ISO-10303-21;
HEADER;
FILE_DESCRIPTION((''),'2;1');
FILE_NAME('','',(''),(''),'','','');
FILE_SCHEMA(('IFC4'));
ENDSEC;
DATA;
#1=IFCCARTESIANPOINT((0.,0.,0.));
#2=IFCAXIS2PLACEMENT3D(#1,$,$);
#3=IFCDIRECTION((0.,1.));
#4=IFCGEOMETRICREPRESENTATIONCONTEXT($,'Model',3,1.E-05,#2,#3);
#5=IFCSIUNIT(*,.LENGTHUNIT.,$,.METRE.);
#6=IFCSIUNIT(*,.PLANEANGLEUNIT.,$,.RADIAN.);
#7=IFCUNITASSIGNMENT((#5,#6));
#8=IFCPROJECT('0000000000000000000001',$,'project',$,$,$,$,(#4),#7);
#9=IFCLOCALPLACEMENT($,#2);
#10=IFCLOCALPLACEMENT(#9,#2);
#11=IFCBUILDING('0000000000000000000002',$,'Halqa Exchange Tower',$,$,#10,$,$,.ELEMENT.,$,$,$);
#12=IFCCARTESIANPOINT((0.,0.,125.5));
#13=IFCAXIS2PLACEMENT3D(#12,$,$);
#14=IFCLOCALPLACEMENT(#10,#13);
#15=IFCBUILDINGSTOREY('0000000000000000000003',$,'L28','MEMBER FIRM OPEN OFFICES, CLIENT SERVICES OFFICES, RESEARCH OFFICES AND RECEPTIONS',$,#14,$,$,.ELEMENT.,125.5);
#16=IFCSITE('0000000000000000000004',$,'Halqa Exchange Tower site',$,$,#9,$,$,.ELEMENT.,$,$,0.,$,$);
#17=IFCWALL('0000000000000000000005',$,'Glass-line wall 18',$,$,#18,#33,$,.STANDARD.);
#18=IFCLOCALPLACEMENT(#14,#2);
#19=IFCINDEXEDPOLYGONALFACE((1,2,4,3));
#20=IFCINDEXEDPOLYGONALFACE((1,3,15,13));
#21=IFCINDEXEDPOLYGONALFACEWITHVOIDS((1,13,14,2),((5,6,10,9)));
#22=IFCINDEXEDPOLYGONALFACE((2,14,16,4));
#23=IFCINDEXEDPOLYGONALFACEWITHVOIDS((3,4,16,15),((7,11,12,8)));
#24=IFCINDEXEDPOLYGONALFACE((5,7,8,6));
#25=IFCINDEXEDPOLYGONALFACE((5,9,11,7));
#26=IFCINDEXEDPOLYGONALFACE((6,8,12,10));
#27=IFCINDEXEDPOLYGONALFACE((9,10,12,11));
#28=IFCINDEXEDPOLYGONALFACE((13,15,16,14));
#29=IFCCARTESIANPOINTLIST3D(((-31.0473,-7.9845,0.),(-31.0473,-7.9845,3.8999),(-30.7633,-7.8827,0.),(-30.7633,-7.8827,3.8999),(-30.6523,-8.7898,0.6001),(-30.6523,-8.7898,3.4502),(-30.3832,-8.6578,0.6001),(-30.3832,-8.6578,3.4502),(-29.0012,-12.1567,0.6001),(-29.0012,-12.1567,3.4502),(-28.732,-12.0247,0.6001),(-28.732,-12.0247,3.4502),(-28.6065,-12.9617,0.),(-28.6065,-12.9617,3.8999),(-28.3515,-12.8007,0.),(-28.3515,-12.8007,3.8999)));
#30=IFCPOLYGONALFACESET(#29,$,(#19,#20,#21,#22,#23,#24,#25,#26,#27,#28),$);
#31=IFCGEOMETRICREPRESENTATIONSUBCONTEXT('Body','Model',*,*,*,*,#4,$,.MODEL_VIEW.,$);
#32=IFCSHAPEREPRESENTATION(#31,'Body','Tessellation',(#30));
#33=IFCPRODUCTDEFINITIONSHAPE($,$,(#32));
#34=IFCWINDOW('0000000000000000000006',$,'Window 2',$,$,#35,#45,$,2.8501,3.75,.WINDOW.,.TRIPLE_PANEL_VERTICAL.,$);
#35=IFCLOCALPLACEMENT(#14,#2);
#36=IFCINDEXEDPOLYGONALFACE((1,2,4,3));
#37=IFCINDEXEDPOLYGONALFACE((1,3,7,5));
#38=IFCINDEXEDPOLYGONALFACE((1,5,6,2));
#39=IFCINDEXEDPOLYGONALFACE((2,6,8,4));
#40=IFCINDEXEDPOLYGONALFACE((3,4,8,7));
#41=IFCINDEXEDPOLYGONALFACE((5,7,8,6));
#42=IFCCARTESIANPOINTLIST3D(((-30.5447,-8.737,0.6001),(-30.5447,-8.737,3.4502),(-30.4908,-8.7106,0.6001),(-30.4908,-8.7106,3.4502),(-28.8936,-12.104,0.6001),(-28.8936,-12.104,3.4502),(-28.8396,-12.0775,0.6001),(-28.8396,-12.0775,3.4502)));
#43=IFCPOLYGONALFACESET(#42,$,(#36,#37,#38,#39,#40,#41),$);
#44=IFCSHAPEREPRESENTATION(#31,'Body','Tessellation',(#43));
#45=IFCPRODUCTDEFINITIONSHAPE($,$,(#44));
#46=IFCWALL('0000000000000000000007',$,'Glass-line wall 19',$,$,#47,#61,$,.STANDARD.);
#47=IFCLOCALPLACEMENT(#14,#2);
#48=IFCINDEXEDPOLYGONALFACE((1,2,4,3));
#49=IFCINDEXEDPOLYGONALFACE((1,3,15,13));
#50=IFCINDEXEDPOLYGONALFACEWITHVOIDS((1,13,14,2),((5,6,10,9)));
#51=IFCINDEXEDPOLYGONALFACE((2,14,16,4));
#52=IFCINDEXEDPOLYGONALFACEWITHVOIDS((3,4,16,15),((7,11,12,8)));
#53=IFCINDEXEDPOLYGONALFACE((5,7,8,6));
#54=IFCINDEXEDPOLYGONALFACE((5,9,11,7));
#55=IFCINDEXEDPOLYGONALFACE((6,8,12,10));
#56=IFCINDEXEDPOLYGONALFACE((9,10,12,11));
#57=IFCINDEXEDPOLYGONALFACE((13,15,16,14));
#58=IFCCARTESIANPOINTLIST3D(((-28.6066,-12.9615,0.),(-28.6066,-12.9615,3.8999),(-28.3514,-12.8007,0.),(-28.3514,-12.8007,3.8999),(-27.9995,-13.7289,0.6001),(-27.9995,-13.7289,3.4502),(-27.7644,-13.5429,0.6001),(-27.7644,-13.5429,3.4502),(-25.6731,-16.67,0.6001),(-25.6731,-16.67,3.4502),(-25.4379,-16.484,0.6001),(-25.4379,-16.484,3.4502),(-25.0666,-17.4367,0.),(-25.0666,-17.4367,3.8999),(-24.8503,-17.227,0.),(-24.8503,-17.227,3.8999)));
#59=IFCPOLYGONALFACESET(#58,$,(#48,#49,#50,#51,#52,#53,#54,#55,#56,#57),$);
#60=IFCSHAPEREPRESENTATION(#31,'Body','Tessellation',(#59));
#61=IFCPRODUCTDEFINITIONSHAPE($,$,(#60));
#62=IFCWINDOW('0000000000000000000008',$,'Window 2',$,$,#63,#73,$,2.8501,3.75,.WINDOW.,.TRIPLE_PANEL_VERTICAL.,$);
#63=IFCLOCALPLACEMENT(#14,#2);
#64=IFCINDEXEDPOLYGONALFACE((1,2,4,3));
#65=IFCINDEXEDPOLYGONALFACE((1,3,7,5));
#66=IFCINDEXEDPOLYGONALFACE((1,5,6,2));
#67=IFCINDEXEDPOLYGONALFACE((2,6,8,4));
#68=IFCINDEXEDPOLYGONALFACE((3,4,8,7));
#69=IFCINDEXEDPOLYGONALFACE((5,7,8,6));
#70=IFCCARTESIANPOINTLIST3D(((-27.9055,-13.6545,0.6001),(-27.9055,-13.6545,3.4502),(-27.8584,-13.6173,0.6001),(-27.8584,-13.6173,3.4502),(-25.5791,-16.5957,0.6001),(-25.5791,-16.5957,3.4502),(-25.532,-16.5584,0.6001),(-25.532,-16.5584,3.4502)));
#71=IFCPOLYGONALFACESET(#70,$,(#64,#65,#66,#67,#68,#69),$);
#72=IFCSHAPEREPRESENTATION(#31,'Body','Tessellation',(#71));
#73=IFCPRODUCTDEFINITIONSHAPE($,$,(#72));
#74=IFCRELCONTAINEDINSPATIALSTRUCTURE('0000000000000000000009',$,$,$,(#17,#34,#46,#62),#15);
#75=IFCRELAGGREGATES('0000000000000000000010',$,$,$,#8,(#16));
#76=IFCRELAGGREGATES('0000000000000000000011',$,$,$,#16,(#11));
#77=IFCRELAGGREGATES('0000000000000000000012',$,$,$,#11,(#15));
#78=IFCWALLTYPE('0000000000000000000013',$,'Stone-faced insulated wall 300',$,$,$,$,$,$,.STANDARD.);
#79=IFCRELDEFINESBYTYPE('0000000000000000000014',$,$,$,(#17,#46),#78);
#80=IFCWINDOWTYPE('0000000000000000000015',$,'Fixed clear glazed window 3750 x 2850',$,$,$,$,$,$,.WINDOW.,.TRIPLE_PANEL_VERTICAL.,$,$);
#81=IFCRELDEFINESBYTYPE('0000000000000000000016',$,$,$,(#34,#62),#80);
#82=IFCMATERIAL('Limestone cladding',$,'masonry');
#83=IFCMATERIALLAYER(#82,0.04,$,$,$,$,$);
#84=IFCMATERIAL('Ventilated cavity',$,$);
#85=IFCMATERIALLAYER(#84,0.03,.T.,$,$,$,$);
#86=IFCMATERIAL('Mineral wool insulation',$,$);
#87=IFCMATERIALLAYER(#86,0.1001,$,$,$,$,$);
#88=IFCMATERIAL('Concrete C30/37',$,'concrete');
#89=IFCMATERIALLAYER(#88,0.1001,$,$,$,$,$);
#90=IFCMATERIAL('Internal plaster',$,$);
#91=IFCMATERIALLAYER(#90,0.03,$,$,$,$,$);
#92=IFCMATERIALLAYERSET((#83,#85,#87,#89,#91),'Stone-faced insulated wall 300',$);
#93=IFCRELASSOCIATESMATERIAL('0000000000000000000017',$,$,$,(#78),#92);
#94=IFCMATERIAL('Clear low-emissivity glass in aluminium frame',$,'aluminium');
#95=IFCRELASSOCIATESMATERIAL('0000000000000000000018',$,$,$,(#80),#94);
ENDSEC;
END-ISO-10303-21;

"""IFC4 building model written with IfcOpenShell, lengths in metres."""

from ifc_helpers import new_model, si_unit, direction, frame, frame_2d, origin, place, context, subcontext, project, spatial, polyline, rectangle, outline, extrude, material, layer, layer_set, type_object, element, fill, save


model = new_model("IFC4")

# Units and contexts
model_context = context("Model", 3, precision=1e-05, world=origin(), true_north=direction((0.0, 1.0)))
body_context = subcontext(model_context, "Body", "Model", "MODEL_VIEW")
ifc_project = project(units=[si_unit("LENGTHUNIT", "METRE"), si_unit("PLANEANGLEUNIT", "RADIAN")], contexts=[model_context])

# Site, building, storey
site_placement = place(None, origin())
site = spatial("IfcSite", under=ifc_project, at=site_placement, Name="Halqa Exchange Tower site", CompositionType="ELEMENT", RefElevation=0.0)
building_placement = place(site_placement, origin())
building = spatial("IfcBuilding", under=site, at=building_placement, Name="Halqa Exchange Tower", CompositionType="ELEMENT")
storey_placement = place(building_placement, frame((0.0, 0.0, 125.5)))
storey = spatial("IfcBuildingStorey", under=building, at=storey_placement, Name="L28", Description="MEMBER FIRM OPEN OFFICES, CLIENT SERVICES OFFICES, RESEARCH OFFICES AND RECEPTIONS", CompositionType="ELEMENT", Elevation=125.5)

# Walls, openings, windows
ifc_material_1 = material(Name="Limestone cladding", Category="masonry")
ifc_layer_1 = layer(ifc_material_1, 0.04)
ifc_material_2 = material(Name="Ventilated cavity")
ifc_layer_2 = layer(ifc_material_2, 0.03, ventilated=True)
ifc_material_3 = material(Name="Mineral wool insulation")
ifc_layer_3 = layer(ifc_material_3, 0.1001)
ifc_material_4 = material(Name="Concrete C30/37", Category="concrete")
ifc_layer_4 = layer(ifc_material_4, 0.1001)
ifc_material_5 = material(Name="Internal plaster")
ifc_layer_5 = layer(ifc_material_5, 0.03)
ifc_layer_set_1 = layer_set([ifc_layer_1, ifc_layer_2, ifc_layer_3, ifc_layer_4, ifc_layer_5], Name="Stone-faced insulated wall 300")
wall_type_1 = type_object("IfcWallType", Name="Stone-faced insulated wall 300", PredefinedType="STANDARD", material=ifc_layer_set_1)
ifc_material_6 = material(Name="Clear low-emissivity glass in aluminium frame", Category="aluminium")
window_type = type_object("IfcWindowType", Name="Fixed clear glazed window 3750 x 2850", PartitioningType="TRIPLE_PANEL_VERTICAL", PredefinedType="WINDOW", material=ifc_material_6)
wall_1_placement = place(storey_placement, frame((-30.9053, -7.9336, 0.0), z_axis=(0.0, 0.0, 1.0), x_axis=(0.440306, -0.897848, 0.0)))
wall_1 = element("IfcWall", 1, at=wall_1_placement, inside=storey, type_object=wall_type_1, Name="Glass-line wall 18", PredefinedType="STANDARD", context=body_context, shape_type="SweptSolid", body=[
    extrude(outline(polyline([(-0.0168, -0.1499), (5.5266, -0.1499), (5.4944, 0.1499), (0.0168, 0.1499), (-0.0168, -0.1499)])), origin(), (0.0, 0.0, 1.0), 3.8999),
])
opening_1_placement = place(wall_1_placement, frame((0.8801, 0.0, 0.6001)))
opening_1 = element("IfcOpeningElement", 2, at=opening_1_placement, cuts=wall_1, PredefinedType="OPENING", context=body_context, shape_type="SweptSolid", body=[
    extrude(rectangle(XDim=3.75, YDim=2.8501, at=frame_2d((1.875, 1.425))), frame((0.0, 0.1621, 0.0), z_axis=(0.0, -1.0, 0.0), x_axis=(1.0, 0.0, 0.0)), (0.0, 0.0, 1.0), 0.324),
])
window_1_placement = place(opening_1_placement, origin())
window_1 = element("IfcWindow", 3, at=window_1_placement, inside=storey, type_object=window_type, Name="Window 2", OverallHeight=2.8501, OverallWidth=3.75, PartitioningType="TRIPLE_PANEL_VERTICAL", PredefinedType="WINDOW", context=body_context, shape_type="SweptSolid", body=[
    extrude(rectangle(XDim=3.75, YDim=2.8501, at=frame_2d((1.875, 1.425))), frame((0.0, 0.03, 0.0), z_axis=(0.0, -1.0, 0.0), x_axis=(1.0, 0.0, 0.0)), (0.0, 0.0, 1.0), 0.0601),
])
fill(opening_1, window_1)
wall_2_placement = place(storey_placement, frame((-28.479, -12.8811, 0.0), z_axis=(0.0, 0.0, 1.0), x_axis=(0.620383, -0.784299, 0.0)))
wall_2 = element("IfcWall", 4, at=wall_2_placement, inside=storey, type_object=wall_type_1, Name="Glass-line wall 19", PredefinedType="STANDARD", context=body_context, shape_type="SweptSolid", body=[
    extrude(outline(polyline([(-0.0161, -0.1499), (5.6899, -0.1499), (5.6597, 0.1499), (0.0161, 0.1499), (-0.0161, -0.1499)])), origin(), (0.0, 0.0, 1.0), 3.8999),
])
opening_2_placement = place(wall_2_placement, frame((0.9624, 0.0, 0.6001)))
opening_2 = element("IfcOpeningElement", 5, at=opening_2_placement, cuts=wall_2, PredefinedType="OPENING", context=body_context, shape_type="SweptSolid", body=[
    extrude(rectangle(XDim=3.75, YDim=2.8501, at=frame_2d((1.875, 1.425))), frame((0.0, 0.1621, 0.0), z_axis=(0.0, -1.0, 0.0), x_axis=(1.0, 0.0, 0.0)), (0.0, 0.0, 1.0), 0.324),
])
window_2_placement = place(opening_2_placement, origin())
window_2 = element("IfcWindow", 6, at=window_2_placement, inside=storey, type_object=window_type, Name="Window 2", OverallHeight=2.8501, OverallWidth=3.75, PartitioningType="TRIPLE_PANEL_VERTICAL", PredefinedType="WINDOW", context=body_context, shape_type="SweptSolid", body=[
    extrude(rectangle(XDim=3.75, YDim=2.8501, at=frame_2d((1.875, 1.425))), frame((0.0, 0.03, 0.0), z_axis=(0.0, -1.0, 0.0), x_axis=(1.0, 0.0, 0.0)), (0.0, 0.0, 1.0), 0.0601),
])
fill(opening_2, window_2)

save(model, "model.ifc")
